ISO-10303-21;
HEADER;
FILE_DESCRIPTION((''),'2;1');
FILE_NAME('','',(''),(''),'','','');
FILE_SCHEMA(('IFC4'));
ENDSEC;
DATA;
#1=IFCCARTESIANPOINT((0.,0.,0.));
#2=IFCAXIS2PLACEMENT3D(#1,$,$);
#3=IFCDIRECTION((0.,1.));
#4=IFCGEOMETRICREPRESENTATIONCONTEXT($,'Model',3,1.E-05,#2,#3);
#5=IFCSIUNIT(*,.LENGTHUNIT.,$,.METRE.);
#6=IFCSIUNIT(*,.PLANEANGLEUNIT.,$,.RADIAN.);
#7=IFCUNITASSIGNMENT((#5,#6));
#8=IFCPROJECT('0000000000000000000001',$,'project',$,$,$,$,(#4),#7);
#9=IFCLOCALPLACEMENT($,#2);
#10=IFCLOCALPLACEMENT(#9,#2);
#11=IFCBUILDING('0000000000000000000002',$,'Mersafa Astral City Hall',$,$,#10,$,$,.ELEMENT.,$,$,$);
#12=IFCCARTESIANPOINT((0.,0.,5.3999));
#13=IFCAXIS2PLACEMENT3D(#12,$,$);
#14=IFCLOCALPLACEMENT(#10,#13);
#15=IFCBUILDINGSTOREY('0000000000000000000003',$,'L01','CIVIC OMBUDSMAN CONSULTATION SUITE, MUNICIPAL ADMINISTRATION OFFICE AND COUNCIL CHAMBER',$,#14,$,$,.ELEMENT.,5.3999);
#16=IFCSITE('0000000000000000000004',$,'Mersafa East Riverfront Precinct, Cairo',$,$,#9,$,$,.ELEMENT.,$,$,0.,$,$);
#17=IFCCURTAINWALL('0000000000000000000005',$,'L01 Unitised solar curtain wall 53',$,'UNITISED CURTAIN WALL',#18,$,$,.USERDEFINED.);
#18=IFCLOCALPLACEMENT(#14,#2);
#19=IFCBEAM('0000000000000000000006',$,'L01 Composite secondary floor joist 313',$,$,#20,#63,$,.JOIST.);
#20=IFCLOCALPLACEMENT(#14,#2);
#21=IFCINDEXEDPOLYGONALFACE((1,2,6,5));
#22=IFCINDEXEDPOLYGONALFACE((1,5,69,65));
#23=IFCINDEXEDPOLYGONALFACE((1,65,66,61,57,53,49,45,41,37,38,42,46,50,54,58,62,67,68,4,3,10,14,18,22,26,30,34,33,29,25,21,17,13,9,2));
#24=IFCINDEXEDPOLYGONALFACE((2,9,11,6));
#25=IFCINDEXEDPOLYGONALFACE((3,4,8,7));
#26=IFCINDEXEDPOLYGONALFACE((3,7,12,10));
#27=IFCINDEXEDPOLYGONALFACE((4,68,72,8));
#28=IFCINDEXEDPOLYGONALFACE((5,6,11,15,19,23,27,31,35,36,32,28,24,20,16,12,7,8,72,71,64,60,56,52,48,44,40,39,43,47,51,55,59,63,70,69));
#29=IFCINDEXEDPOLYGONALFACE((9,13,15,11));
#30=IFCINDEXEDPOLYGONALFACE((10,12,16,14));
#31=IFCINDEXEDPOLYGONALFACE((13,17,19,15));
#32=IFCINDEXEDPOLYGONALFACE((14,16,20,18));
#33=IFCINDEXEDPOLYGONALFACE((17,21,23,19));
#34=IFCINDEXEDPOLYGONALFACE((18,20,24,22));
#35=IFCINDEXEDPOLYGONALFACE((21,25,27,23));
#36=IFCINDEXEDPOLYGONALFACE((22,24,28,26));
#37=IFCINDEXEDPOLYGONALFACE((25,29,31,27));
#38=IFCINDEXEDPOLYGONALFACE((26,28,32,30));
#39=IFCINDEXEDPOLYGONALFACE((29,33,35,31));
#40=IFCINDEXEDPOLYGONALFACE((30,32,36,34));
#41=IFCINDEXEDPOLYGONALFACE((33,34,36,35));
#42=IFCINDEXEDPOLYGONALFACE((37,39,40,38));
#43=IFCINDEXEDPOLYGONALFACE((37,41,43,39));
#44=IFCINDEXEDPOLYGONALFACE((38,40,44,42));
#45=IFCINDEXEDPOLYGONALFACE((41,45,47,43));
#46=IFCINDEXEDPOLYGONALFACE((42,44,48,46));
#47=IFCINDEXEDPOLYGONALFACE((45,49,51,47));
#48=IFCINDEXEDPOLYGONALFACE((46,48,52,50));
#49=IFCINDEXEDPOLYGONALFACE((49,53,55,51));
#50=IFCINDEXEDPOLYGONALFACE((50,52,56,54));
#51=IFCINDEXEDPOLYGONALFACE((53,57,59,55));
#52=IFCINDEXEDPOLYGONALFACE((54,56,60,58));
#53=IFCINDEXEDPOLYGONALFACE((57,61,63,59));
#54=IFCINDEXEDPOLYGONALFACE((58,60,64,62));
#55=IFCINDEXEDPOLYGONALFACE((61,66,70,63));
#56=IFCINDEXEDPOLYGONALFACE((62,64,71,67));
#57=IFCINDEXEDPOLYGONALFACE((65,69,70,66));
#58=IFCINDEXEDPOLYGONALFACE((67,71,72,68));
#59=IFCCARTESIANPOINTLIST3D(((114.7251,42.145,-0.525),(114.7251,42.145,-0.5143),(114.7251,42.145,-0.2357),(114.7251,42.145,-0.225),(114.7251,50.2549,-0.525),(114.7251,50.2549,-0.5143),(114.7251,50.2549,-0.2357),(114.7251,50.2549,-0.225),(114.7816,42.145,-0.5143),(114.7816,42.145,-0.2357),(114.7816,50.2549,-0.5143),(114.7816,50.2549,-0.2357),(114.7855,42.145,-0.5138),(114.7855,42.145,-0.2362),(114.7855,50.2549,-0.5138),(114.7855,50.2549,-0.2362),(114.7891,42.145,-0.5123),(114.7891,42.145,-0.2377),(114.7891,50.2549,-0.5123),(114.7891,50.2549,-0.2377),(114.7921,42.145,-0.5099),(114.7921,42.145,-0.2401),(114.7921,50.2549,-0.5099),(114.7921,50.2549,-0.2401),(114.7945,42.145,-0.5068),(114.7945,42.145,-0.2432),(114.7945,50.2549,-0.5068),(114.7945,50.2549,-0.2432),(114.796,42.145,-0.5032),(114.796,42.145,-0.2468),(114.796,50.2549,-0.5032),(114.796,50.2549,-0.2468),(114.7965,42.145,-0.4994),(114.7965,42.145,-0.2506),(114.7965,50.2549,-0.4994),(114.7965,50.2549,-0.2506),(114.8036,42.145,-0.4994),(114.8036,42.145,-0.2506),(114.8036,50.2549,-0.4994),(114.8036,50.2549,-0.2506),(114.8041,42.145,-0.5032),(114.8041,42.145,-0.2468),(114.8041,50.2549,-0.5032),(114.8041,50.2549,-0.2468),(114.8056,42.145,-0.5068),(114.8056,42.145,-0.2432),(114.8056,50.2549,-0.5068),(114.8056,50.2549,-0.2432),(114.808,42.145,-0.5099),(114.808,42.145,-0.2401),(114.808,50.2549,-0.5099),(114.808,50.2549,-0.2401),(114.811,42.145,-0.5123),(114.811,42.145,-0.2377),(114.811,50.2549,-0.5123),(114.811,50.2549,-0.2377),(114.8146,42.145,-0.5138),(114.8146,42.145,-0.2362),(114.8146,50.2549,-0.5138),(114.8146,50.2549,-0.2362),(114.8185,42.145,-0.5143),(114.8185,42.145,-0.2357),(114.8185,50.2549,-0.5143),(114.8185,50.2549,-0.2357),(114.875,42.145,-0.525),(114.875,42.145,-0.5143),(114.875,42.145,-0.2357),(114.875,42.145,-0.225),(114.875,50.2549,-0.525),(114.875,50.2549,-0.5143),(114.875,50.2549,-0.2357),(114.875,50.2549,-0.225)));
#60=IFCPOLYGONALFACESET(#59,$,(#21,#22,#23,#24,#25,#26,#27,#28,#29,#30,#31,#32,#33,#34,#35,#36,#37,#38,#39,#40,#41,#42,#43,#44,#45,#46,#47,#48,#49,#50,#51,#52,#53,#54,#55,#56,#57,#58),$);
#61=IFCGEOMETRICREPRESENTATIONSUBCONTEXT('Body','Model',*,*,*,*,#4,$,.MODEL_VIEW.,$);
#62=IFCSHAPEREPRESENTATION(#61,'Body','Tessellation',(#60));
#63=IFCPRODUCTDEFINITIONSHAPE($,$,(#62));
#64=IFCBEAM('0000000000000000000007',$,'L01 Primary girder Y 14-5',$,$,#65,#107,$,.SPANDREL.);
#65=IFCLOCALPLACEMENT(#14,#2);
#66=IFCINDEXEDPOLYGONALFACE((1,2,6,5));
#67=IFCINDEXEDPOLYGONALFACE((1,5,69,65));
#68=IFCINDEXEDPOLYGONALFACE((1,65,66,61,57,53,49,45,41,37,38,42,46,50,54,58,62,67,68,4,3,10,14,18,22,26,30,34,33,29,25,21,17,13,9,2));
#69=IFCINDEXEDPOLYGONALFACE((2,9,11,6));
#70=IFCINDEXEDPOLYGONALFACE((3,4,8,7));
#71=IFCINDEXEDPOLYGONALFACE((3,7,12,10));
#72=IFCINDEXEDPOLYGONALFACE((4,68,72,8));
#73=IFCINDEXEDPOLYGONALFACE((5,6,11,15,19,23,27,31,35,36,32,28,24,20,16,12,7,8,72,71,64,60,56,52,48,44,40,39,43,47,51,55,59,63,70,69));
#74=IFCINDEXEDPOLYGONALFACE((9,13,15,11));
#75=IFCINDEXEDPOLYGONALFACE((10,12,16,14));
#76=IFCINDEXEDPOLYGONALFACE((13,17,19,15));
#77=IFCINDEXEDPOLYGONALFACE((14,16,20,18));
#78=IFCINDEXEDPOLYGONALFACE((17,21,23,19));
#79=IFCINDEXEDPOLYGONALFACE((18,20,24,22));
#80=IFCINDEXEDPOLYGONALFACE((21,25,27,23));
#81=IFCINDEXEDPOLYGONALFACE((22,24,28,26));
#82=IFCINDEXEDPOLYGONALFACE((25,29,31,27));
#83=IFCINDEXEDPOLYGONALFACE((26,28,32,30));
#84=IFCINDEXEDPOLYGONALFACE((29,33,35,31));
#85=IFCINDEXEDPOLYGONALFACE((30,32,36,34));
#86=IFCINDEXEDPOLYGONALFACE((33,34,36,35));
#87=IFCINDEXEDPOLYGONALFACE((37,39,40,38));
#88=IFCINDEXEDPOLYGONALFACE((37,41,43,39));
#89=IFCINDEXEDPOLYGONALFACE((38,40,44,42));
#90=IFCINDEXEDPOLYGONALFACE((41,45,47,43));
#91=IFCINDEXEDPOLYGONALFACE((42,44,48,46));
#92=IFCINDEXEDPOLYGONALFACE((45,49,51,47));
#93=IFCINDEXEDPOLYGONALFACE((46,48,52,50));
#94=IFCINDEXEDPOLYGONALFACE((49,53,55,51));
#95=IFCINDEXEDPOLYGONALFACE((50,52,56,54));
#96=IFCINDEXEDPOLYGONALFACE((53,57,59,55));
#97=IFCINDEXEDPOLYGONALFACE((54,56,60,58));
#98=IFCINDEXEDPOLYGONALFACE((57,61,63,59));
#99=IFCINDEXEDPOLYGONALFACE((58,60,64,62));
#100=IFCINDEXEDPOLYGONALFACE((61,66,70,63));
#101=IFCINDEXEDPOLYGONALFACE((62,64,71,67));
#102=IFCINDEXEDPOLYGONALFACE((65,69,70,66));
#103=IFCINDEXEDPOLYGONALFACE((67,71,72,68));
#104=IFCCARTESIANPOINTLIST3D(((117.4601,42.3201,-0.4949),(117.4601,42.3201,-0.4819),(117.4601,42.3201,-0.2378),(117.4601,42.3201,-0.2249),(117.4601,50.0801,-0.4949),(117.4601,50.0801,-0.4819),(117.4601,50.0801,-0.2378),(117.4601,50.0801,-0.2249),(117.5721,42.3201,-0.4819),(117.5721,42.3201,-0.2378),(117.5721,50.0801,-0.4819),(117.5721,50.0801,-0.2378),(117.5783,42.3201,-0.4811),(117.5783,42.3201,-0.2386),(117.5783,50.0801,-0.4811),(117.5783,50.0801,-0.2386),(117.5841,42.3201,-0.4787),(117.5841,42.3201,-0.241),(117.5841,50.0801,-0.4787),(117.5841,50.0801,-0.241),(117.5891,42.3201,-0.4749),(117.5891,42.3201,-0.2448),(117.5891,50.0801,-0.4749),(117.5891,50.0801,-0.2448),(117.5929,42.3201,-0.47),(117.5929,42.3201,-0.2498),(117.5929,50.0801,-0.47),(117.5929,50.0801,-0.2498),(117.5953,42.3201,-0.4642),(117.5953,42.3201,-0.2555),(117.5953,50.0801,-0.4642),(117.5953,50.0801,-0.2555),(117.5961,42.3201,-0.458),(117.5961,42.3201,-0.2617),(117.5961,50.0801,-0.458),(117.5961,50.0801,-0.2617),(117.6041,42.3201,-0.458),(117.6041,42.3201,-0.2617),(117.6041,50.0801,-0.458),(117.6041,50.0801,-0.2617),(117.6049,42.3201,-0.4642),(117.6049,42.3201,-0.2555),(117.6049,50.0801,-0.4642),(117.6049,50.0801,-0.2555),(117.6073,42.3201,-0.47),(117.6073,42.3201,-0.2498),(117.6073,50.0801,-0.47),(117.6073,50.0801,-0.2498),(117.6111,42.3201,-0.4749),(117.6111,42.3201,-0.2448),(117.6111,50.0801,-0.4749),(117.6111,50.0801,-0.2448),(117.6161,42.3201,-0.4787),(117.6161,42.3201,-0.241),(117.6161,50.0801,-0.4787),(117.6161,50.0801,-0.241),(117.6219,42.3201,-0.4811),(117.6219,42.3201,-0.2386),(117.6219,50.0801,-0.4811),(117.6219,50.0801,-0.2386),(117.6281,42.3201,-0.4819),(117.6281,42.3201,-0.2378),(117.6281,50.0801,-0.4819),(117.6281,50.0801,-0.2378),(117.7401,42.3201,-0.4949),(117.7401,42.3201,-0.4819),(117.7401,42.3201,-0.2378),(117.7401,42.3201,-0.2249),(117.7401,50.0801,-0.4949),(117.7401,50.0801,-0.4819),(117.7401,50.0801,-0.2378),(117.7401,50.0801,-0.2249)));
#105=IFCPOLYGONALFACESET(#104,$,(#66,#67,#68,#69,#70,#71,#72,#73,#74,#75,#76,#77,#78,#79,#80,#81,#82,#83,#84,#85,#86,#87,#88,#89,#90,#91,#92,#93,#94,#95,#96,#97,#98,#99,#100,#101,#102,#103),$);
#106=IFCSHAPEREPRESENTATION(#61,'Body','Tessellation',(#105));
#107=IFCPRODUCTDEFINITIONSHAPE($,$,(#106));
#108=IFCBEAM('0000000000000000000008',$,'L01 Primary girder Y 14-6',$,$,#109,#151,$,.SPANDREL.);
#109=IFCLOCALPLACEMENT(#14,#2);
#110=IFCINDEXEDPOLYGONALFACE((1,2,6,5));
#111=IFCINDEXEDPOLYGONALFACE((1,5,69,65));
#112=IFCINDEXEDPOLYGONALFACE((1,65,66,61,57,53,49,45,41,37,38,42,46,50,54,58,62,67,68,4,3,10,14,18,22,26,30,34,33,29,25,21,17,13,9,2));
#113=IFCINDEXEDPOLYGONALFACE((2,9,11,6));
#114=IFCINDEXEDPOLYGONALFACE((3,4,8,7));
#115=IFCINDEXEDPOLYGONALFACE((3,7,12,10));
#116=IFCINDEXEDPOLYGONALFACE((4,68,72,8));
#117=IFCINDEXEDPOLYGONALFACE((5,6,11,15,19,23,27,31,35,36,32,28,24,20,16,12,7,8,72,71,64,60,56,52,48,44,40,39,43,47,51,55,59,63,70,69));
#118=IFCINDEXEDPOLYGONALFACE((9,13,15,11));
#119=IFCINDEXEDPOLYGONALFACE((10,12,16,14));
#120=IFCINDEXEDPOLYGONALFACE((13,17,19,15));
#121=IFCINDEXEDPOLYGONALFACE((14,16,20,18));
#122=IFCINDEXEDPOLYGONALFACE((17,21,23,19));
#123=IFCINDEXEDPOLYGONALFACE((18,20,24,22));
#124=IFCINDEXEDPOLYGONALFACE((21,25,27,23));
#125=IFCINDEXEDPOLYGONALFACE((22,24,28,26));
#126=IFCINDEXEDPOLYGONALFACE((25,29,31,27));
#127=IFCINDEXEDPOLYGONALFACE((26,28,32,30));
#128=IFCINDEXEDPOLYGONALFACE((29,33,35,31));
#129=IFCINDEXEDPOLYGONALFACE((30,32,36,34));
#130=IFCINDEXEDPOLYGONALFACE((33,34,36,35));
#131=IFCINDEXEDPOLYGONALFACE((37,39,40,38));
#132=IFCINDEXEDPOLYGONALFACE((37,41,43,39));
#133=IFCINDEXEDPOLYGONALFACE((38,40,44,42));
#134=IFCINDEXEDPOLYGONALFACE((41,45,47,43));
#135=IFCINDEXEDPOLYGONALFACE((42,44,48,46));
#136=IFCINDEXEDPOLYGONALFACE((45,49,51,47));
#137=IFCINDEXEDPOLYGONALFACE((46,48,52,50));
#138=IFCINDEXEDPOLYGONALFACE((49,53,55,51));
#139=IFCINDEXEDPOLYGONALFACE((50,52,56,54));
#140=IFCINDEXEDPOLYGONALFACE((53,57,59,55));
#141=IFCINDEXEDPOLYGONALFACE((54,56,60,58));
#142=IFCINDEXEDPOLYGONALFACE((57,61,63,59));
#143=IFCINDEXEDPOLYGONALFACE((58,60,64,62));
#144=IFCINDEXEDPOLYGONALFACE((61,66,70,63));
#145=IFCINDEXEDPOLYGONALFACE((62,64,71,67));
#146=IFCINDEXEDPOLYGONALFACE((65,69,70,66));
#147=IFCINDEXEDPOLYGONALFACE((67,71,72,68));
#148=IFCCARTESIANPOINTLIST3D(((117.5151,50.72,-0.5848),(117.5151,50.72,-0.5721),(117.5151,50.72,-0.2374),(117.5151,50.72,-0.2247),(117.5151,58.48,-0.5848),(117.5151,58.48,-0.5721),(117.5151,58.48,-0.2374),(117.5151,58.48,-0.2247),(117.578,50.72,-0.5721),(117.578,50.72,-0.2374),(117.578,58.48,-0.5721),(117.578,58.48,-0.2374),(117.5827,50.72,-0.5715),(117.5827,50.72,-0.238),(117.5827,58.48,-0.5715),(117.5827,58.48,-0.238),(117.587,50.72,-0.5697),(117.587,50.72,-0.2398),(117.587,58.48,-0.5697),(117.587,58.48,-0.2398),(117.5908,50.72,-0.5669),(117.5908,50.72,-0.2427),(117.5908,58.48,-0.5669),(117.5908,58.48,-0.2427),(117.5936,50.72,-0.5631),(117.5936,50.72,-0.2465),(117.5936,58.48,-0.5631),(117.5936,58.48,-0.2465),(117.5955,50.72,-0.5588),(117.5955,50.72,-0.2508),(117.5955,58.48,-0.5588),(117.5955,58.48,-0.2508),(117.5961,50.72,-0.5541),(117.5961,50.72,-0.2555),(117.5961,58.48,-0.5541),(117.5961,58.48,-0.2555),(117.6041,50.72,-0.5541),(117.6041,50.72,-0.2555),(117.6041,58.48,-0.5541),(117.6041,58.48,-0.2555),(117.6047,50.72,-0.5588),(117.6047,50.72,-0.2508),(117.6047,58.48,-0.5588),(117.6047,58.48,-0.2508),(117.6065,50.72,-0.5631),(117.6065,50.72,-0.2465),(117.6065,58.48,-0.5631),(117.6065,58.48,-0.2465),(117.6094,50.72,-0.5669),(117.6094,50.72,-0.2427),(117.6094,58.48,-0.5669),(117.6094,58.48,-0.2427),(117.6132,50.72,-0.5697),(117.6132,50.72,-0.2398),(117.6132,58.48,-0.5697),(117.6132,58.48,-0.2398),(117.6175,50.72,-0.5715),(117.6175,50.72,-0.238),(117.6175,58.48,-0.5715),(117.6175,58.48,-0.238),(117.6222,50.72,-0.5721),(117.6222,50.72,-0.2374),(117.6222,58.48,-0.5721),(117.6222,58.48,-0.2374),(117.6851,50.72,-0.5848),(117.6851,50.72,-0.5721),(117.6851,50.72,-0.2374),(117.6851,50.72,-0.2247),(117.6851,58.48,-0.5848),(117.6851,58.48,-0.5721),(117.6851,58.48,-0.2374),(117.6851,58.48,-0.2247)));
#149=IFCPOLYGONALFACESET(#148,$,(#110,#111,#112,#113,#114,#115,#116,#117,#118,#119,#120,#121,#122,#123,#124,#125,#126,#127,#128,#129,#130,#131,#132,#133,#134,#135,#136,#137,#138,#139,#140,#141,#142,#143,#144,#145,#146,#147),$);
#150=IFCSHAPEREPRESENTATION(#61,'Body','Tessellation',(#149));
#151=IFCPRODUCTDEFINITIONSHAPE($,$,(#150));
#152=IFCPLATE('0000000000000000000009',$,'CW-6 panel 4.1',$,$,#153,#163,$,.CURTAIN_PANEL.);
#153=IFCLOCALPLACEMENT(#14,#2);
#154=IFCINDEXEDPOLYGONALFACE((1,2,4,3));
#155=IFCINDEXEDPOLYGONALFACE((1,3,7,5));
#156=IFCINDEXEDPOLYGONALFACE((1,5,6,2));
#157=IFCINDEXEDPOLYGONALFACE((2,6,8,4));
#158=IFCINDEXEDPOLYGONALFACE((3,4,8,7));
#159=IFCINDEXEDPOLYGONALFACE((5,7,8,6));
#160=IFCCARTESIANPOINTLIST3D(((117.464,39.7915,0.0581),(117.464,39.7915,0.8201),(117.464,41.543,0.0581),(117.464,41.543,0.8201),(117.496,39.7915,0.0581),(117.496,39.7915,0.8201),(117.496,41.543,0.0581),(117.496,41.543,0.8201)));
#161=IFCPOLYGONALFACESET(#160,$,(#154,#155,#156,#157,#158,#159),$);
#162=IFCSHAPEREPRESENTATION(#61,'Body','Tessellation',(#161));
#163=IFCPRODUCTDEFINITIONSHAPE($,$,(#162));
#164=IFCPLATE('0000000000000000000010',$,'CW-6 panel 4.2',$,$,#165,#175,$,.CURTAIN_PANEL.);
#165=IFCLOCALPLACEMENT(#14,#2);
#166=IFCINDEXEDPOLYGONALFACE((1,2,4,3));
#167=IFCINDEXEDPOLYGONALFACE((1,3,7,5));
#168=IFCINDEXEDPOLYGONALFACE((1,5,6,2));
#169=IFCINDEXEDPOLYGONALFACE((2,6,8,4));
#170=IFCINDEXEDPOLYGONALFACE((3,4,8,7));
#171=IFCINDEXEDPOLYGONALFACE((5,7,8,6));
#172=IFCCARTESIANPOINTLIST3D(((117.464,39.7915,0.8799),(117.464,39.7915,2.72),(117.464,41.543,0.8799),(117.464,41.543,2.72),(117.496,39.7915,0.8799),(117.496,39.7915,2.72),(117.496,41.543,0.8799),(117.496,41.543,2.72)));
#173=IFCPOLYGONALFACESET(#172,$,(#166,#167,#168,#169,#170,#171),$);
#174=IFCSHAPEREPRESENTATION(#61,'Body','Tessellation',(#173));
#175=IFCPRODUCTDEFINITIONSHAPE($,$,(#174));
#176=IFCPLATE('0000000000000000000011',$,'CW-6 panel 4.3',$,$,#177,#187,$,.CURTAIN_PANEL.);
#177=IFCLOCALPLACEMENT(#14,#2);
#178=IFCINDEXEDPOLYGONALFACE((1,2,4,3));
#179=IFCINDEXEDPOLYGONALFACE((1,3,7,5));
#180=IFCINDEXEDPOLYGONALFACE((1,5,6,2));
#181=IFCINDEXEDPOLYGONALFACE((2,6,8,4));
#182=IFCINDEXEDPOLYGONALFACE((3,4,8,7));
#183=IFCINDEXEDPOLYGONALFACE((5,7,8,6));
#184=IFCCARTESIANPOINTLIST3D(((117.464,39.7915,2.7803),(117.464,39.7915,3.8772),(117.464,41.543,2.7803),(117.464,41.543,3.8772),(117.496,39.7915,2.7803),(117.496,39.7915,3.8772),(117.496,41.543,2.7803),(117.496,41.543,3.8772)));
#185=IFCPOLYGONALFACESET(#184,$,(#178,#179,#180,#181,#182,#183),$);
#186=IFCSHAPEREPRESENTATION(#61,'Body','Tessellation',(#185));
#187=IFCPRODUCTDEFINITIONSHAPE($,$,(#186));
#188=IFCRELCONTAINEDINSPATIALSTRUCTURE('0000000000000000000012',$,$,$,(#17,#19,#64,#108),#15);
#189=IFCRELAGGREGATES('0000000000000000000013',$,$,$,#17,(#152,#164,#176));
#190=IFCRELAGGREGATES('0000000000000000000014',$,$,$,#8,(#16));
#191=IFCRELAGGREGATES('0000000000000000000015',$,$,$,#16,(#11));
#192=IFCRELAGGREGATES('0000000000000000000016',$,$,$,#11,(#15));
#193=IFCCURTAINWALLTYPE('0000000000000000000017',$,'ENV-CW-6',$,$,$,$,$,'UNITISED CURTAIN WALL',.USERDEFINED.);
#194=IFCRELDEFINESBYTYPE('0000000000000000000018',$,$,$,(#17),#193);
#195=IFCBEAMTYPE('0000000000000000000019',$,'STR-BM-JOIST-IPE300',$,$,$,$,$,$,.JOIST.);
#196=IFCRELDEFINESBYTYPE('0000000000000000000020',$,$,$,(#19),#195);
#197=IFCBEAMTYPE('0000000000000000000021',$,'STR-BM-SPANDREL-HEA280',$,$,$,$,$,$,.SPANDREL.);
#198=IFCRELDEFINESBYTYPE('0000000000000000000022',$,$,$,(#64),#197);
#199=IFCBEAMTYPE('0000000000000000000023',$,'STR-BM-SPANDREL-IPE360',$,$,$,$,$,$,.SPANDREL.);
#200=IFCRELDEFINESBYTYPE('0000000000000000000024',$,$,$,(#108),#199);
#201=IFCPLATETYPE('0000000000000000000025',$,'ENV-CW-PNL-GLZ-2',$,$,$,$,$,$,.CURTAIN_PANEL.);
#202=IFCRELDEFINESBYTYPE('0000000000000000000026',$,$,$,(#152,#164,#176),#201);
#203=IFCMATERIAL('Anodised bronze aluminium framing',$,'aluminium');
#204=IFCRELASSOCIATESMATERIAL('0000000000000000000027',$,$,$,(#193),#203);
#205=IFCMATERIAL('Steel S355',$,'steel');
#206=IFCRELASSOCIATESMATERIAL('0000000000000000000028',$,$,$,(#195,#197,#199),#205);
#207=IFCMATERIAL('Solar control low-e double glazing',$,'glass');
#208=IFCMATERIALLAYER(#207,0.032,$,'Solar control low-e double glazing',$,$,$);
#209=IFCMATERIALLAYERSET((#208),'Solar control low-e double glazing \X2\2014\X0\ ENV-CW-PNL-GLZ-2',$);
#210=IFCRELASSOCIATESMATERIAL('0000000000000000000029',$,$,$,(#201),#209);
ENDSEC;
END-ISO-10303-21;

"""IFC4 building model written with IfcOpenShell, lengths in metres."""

from ifc_helpers import new_model, si_unit, direction, frame, origin, origin_2d, place, context, subcontext, project, spatial, rectangle, i_section, extrude, material, layer, layer_set, material_profile, profile_set, type_object, element, aggregate, save


model = new_model("IFC4")

# Units and contexts
model_context = context("Model", 3, precision=1e-05, world=origin(), true_north=direction((0.0, 1.0)))
body_context = subcontext(model_context, "Body", "Model", "MODEL_VIEW")
ifc_project = project(units=[si_unit("LENGTHUNIT", "METRE"), si_unit("PLANEANGLEUNIT", "RADIAN")], contexts=[model_context])

# Site, building, storey
site_placement = place(None, origin())
site = spatial("IfcSite", under=ifc_project, at=site_placement, Name="Mersafa East Riverfront Precinct, Cairo", CompositionType="ELEMENT", RefElevation=0.0)
building_placement = place(site_placement, origin())
building = spatial("IfcBuilding", under=site, at=building_placement, Name="Mersafa Astral City Hall", CompositionType="ELEMENT")
storey_placement = place(building_placement, frame((0.0, 0.0, 5.3999)))
storey = spatial("IfcBuildingStorey", under=building, at=storey_placement, Name="L01", Description="CIVIC OMBUDSMAN CONSULTATION SUITE, MUNICIPAL ADMINISTRATION OFFICE AND COUNCIL CHAMBER", CompositionType="ELEMENT", Elevation=5.3999)

# Shared definitions
ifc_material_1 = material(Name="Steel S355", Category="steel")

# Curtain wall
ifc_material_2 = material(Name="Anodised bronze aluminium framing", Category="aluminium")
curtain_wall_type_1 = type_object("IfcCurtainWallType", Name="ENV-CW-6", ElementType="UNITISED CURTAIN WALL", PredefinedType="USERDEFINED", material=ifc_material_2)
curtain_wall_1_placement = place(storey_placement, origin())
curtain_wall_1 = element("IfcCurtainWall", 1, at=curtain_wall_1_placement, inside=storey, type_object=curtain_wall_type_1, Name="L01 Unitised solar curtain wall 53", ObjectType="UNITISED CURTAIN WALL", PredefinedType="USERDEFINED")

# Beams
ifc_material_profile_1 = material_profile(ifc_material_1, i_section(OverallWidth=0.1499, OverallDepth=0.3, WebThickness=0.0071, FlangeThickness=0.0107, FilletRadius=0.0149, at=origin_2d()), Name="IPE 300")
ifc_profile_set_1 = profile_set([ifc_material_profile_1], Name="Steel S355")
beam_type_1 = type_object("IfcBeamType", Name="STR-BM-JOIST-IPE300", PredefinedType="JOIST", material=ifc_profile_set_1)
for number, where, z_axis, x_axis, name in (
    (2, (114.8, 42.145, -0.375), (0.0, 1.0, 0.0), (-1.0, 0.0, 0.0), "L01 Composite secondary floor joist 313"),
):
    element("IfcBeam", number, at=place(storey_placement, frame(where, z_axis=z_axis, x_axis=x_axis)), inside=storey, type_object=beam_type_1, Name=name, PredefinedType="JOIST", context=body_context, shape_type="SweptSolid", body=[
        extrude(i_section(OverallWidth=0.1499, OverallDepth=0.3, WebThickness=0.0071, FlangeThickness=0.0107, FilletRadius=0.0149, at=origin_2d()), origin(), (0.0, 0.0, 1.0), 8.1099),
    ])
ifc_material_profile_2 = material_profile(ifc_material_1, i_section(OverallWidth=0.28, OverallDepth=0.27, WebThickness=0.0081, FlangeThickness=0.0129, FilletRadius=0.0239, at=origin_2d()), Name="HEA 280")
ifc_profile_set_2 = profile_set([ifc_material_profile_2], Name="Steel S355")
beam_type_2 = type_object("IfcBeamType", Name="STR-BM-SPANDREL-HEA280", PredefinedType="SPANDREL", material=ifc_profile_set_2)
beam_1_placement = place(storey_placement, frame((117.6001, 42.3201, -0.3599), z_axis=(0.0, 1.0, 0.0), x_axis=(-1.0, 0.0, 0.0)))
element("IfcBeam", 3, at=beam_1_placement, inside=storey, type_object=beam_type_2, Name="L01 Primary girder Y 14-5", PredefinedType="SPANDREL", context=body_context, shape_type="SweptSolid", body=[
    extrude(i_section(OverallWidth=0.28, OverallDepth=0.27, WebThickness=0.0081, FlangeThickness=0.0129, FilletRadius=0.0239, at=origin_2d()), origin(), (0.0, 0.0, 1.0), 7.76),
])
ifc_material_profile_3 = material_profile(ifc_material_1, i_section(OverallWidth=0.1699, OverallDepth=0.3601, WebThickness=0.0081, FlangeThickness=0.0127, FilletRadius=0.0181, at=origin_2d()), Name="IPE 360")
ifc_profile_set_3 = profile_set([ifc_material_profile_3], Name="Steel S355")
beam_type_3 = type_object("IfcBeamType", Name="STR-BM-SPANDREL-IPE360", PredefinedType="SPANDREL", material=ifc_profile_set_3)
beam_2_placement = place(storey_placement, frame((117.6001, 50.72, -0.4048), z_axis=(0.0, 1.0, 0.0), x_axis=(-1.0, 0.0, 0.0)))
element("IfcBeam", 4, at=beam_2_placement, inside=storey, type_object=beam_type_3, Name="L01 Primary girder Y 14-6", PredefinedType="SPANDREL", context=body_context, shape_type="SweptSolid", body=[
    extrude(i_section(OverallWidth=0.1699, OverallDepth=0.3601, WebThickness=0.0081, FlangeThickness=0.0127, FilletRadius=0.0181, at=origin_2d()), origin(), (0.0, 0.0, 1.0), 7.76),
])

# Plates
ifc_material_3 = material(Name="Solar control low-e double glazing", Category="glass")
ifc_layer_1 = layer(ifc_material_3, 0.032, Name="Solar control low-e double glazing")
ifc_layer_set_1 = layer_set([ifc_layer_1], Name="Solar control low-e double glazing — ENV-CW-PNL-GLZ-2")
plate_type = type_object("IfcPlateType", Name="ENV-CW-PNL-GLZ-2", PredefinedType="CURTAIN_PANEL", material=ifc_layer_set_1)
plate_1_placement = place(storey_placement, frame((117.48, 40.6672, 0.0581), z_axis=(0.0, 0.0, 1.0), x_axis=(0.0, 1.0, 0.0)))
plate_1 = element("IfcPlate", 5, at=plate_1_placement, type_object=plate_type, Name="CW-6 panel 4.1", PredefinedType="CURTAIN_PANEL", context=body_context, shape_type="SweptSolid", body=[
    extrude(rectangle(XDim=1.7515, YDim=0.032, at=origin_2d()), origin(), (0.0, 0.0, 1.0), 0.762),
])
plate_2_placement = place(storey_placement, frame((117.48, 40.6672, 0.8799), z_axis=(0.0, 0.0, 1.0), x_axis=(0.0, 1.0, 0.0)))
plate_2 = element("IfcPlate", 6, at=plate_2_placement, type_object=plate_type, Name="CW-6 panel 4.2", PredefinedType="CURTAIN_PANEL", context=body_context, shape_type="SweptSolid", body=[
    extrude(rectangle(XDim=1.7515, YDim=0.032, at=origin_2d()), origin(), (0.0, 0.0, 1.0), 1.8401),
])
plate_3_placement = place(storey_placement, frame((117.48, 40.6672, 2.7803), z_axis=(0.0, 0.0, 1.0), x_axis=(0.0, 1.0, 0.0)))
plate_3 = element("IfcPlate", 7, at=plate_3_placement, type_object=plate_type, Name="CW-6 panel 4.3", PredefinedType="CURTAIN_PANEL", context=body_context, shape_type="SweptSolid", body=[
    extrude(rectangle(XDim=1.7515, YDim=0.032, at=origin_2d()), origin(), (0.0, 0.0, 1.0), 1.0969),
])
aggregate(curtain_wall_1, [plate_1, plate_2, plate_3])

save(model, "model.ifc")
